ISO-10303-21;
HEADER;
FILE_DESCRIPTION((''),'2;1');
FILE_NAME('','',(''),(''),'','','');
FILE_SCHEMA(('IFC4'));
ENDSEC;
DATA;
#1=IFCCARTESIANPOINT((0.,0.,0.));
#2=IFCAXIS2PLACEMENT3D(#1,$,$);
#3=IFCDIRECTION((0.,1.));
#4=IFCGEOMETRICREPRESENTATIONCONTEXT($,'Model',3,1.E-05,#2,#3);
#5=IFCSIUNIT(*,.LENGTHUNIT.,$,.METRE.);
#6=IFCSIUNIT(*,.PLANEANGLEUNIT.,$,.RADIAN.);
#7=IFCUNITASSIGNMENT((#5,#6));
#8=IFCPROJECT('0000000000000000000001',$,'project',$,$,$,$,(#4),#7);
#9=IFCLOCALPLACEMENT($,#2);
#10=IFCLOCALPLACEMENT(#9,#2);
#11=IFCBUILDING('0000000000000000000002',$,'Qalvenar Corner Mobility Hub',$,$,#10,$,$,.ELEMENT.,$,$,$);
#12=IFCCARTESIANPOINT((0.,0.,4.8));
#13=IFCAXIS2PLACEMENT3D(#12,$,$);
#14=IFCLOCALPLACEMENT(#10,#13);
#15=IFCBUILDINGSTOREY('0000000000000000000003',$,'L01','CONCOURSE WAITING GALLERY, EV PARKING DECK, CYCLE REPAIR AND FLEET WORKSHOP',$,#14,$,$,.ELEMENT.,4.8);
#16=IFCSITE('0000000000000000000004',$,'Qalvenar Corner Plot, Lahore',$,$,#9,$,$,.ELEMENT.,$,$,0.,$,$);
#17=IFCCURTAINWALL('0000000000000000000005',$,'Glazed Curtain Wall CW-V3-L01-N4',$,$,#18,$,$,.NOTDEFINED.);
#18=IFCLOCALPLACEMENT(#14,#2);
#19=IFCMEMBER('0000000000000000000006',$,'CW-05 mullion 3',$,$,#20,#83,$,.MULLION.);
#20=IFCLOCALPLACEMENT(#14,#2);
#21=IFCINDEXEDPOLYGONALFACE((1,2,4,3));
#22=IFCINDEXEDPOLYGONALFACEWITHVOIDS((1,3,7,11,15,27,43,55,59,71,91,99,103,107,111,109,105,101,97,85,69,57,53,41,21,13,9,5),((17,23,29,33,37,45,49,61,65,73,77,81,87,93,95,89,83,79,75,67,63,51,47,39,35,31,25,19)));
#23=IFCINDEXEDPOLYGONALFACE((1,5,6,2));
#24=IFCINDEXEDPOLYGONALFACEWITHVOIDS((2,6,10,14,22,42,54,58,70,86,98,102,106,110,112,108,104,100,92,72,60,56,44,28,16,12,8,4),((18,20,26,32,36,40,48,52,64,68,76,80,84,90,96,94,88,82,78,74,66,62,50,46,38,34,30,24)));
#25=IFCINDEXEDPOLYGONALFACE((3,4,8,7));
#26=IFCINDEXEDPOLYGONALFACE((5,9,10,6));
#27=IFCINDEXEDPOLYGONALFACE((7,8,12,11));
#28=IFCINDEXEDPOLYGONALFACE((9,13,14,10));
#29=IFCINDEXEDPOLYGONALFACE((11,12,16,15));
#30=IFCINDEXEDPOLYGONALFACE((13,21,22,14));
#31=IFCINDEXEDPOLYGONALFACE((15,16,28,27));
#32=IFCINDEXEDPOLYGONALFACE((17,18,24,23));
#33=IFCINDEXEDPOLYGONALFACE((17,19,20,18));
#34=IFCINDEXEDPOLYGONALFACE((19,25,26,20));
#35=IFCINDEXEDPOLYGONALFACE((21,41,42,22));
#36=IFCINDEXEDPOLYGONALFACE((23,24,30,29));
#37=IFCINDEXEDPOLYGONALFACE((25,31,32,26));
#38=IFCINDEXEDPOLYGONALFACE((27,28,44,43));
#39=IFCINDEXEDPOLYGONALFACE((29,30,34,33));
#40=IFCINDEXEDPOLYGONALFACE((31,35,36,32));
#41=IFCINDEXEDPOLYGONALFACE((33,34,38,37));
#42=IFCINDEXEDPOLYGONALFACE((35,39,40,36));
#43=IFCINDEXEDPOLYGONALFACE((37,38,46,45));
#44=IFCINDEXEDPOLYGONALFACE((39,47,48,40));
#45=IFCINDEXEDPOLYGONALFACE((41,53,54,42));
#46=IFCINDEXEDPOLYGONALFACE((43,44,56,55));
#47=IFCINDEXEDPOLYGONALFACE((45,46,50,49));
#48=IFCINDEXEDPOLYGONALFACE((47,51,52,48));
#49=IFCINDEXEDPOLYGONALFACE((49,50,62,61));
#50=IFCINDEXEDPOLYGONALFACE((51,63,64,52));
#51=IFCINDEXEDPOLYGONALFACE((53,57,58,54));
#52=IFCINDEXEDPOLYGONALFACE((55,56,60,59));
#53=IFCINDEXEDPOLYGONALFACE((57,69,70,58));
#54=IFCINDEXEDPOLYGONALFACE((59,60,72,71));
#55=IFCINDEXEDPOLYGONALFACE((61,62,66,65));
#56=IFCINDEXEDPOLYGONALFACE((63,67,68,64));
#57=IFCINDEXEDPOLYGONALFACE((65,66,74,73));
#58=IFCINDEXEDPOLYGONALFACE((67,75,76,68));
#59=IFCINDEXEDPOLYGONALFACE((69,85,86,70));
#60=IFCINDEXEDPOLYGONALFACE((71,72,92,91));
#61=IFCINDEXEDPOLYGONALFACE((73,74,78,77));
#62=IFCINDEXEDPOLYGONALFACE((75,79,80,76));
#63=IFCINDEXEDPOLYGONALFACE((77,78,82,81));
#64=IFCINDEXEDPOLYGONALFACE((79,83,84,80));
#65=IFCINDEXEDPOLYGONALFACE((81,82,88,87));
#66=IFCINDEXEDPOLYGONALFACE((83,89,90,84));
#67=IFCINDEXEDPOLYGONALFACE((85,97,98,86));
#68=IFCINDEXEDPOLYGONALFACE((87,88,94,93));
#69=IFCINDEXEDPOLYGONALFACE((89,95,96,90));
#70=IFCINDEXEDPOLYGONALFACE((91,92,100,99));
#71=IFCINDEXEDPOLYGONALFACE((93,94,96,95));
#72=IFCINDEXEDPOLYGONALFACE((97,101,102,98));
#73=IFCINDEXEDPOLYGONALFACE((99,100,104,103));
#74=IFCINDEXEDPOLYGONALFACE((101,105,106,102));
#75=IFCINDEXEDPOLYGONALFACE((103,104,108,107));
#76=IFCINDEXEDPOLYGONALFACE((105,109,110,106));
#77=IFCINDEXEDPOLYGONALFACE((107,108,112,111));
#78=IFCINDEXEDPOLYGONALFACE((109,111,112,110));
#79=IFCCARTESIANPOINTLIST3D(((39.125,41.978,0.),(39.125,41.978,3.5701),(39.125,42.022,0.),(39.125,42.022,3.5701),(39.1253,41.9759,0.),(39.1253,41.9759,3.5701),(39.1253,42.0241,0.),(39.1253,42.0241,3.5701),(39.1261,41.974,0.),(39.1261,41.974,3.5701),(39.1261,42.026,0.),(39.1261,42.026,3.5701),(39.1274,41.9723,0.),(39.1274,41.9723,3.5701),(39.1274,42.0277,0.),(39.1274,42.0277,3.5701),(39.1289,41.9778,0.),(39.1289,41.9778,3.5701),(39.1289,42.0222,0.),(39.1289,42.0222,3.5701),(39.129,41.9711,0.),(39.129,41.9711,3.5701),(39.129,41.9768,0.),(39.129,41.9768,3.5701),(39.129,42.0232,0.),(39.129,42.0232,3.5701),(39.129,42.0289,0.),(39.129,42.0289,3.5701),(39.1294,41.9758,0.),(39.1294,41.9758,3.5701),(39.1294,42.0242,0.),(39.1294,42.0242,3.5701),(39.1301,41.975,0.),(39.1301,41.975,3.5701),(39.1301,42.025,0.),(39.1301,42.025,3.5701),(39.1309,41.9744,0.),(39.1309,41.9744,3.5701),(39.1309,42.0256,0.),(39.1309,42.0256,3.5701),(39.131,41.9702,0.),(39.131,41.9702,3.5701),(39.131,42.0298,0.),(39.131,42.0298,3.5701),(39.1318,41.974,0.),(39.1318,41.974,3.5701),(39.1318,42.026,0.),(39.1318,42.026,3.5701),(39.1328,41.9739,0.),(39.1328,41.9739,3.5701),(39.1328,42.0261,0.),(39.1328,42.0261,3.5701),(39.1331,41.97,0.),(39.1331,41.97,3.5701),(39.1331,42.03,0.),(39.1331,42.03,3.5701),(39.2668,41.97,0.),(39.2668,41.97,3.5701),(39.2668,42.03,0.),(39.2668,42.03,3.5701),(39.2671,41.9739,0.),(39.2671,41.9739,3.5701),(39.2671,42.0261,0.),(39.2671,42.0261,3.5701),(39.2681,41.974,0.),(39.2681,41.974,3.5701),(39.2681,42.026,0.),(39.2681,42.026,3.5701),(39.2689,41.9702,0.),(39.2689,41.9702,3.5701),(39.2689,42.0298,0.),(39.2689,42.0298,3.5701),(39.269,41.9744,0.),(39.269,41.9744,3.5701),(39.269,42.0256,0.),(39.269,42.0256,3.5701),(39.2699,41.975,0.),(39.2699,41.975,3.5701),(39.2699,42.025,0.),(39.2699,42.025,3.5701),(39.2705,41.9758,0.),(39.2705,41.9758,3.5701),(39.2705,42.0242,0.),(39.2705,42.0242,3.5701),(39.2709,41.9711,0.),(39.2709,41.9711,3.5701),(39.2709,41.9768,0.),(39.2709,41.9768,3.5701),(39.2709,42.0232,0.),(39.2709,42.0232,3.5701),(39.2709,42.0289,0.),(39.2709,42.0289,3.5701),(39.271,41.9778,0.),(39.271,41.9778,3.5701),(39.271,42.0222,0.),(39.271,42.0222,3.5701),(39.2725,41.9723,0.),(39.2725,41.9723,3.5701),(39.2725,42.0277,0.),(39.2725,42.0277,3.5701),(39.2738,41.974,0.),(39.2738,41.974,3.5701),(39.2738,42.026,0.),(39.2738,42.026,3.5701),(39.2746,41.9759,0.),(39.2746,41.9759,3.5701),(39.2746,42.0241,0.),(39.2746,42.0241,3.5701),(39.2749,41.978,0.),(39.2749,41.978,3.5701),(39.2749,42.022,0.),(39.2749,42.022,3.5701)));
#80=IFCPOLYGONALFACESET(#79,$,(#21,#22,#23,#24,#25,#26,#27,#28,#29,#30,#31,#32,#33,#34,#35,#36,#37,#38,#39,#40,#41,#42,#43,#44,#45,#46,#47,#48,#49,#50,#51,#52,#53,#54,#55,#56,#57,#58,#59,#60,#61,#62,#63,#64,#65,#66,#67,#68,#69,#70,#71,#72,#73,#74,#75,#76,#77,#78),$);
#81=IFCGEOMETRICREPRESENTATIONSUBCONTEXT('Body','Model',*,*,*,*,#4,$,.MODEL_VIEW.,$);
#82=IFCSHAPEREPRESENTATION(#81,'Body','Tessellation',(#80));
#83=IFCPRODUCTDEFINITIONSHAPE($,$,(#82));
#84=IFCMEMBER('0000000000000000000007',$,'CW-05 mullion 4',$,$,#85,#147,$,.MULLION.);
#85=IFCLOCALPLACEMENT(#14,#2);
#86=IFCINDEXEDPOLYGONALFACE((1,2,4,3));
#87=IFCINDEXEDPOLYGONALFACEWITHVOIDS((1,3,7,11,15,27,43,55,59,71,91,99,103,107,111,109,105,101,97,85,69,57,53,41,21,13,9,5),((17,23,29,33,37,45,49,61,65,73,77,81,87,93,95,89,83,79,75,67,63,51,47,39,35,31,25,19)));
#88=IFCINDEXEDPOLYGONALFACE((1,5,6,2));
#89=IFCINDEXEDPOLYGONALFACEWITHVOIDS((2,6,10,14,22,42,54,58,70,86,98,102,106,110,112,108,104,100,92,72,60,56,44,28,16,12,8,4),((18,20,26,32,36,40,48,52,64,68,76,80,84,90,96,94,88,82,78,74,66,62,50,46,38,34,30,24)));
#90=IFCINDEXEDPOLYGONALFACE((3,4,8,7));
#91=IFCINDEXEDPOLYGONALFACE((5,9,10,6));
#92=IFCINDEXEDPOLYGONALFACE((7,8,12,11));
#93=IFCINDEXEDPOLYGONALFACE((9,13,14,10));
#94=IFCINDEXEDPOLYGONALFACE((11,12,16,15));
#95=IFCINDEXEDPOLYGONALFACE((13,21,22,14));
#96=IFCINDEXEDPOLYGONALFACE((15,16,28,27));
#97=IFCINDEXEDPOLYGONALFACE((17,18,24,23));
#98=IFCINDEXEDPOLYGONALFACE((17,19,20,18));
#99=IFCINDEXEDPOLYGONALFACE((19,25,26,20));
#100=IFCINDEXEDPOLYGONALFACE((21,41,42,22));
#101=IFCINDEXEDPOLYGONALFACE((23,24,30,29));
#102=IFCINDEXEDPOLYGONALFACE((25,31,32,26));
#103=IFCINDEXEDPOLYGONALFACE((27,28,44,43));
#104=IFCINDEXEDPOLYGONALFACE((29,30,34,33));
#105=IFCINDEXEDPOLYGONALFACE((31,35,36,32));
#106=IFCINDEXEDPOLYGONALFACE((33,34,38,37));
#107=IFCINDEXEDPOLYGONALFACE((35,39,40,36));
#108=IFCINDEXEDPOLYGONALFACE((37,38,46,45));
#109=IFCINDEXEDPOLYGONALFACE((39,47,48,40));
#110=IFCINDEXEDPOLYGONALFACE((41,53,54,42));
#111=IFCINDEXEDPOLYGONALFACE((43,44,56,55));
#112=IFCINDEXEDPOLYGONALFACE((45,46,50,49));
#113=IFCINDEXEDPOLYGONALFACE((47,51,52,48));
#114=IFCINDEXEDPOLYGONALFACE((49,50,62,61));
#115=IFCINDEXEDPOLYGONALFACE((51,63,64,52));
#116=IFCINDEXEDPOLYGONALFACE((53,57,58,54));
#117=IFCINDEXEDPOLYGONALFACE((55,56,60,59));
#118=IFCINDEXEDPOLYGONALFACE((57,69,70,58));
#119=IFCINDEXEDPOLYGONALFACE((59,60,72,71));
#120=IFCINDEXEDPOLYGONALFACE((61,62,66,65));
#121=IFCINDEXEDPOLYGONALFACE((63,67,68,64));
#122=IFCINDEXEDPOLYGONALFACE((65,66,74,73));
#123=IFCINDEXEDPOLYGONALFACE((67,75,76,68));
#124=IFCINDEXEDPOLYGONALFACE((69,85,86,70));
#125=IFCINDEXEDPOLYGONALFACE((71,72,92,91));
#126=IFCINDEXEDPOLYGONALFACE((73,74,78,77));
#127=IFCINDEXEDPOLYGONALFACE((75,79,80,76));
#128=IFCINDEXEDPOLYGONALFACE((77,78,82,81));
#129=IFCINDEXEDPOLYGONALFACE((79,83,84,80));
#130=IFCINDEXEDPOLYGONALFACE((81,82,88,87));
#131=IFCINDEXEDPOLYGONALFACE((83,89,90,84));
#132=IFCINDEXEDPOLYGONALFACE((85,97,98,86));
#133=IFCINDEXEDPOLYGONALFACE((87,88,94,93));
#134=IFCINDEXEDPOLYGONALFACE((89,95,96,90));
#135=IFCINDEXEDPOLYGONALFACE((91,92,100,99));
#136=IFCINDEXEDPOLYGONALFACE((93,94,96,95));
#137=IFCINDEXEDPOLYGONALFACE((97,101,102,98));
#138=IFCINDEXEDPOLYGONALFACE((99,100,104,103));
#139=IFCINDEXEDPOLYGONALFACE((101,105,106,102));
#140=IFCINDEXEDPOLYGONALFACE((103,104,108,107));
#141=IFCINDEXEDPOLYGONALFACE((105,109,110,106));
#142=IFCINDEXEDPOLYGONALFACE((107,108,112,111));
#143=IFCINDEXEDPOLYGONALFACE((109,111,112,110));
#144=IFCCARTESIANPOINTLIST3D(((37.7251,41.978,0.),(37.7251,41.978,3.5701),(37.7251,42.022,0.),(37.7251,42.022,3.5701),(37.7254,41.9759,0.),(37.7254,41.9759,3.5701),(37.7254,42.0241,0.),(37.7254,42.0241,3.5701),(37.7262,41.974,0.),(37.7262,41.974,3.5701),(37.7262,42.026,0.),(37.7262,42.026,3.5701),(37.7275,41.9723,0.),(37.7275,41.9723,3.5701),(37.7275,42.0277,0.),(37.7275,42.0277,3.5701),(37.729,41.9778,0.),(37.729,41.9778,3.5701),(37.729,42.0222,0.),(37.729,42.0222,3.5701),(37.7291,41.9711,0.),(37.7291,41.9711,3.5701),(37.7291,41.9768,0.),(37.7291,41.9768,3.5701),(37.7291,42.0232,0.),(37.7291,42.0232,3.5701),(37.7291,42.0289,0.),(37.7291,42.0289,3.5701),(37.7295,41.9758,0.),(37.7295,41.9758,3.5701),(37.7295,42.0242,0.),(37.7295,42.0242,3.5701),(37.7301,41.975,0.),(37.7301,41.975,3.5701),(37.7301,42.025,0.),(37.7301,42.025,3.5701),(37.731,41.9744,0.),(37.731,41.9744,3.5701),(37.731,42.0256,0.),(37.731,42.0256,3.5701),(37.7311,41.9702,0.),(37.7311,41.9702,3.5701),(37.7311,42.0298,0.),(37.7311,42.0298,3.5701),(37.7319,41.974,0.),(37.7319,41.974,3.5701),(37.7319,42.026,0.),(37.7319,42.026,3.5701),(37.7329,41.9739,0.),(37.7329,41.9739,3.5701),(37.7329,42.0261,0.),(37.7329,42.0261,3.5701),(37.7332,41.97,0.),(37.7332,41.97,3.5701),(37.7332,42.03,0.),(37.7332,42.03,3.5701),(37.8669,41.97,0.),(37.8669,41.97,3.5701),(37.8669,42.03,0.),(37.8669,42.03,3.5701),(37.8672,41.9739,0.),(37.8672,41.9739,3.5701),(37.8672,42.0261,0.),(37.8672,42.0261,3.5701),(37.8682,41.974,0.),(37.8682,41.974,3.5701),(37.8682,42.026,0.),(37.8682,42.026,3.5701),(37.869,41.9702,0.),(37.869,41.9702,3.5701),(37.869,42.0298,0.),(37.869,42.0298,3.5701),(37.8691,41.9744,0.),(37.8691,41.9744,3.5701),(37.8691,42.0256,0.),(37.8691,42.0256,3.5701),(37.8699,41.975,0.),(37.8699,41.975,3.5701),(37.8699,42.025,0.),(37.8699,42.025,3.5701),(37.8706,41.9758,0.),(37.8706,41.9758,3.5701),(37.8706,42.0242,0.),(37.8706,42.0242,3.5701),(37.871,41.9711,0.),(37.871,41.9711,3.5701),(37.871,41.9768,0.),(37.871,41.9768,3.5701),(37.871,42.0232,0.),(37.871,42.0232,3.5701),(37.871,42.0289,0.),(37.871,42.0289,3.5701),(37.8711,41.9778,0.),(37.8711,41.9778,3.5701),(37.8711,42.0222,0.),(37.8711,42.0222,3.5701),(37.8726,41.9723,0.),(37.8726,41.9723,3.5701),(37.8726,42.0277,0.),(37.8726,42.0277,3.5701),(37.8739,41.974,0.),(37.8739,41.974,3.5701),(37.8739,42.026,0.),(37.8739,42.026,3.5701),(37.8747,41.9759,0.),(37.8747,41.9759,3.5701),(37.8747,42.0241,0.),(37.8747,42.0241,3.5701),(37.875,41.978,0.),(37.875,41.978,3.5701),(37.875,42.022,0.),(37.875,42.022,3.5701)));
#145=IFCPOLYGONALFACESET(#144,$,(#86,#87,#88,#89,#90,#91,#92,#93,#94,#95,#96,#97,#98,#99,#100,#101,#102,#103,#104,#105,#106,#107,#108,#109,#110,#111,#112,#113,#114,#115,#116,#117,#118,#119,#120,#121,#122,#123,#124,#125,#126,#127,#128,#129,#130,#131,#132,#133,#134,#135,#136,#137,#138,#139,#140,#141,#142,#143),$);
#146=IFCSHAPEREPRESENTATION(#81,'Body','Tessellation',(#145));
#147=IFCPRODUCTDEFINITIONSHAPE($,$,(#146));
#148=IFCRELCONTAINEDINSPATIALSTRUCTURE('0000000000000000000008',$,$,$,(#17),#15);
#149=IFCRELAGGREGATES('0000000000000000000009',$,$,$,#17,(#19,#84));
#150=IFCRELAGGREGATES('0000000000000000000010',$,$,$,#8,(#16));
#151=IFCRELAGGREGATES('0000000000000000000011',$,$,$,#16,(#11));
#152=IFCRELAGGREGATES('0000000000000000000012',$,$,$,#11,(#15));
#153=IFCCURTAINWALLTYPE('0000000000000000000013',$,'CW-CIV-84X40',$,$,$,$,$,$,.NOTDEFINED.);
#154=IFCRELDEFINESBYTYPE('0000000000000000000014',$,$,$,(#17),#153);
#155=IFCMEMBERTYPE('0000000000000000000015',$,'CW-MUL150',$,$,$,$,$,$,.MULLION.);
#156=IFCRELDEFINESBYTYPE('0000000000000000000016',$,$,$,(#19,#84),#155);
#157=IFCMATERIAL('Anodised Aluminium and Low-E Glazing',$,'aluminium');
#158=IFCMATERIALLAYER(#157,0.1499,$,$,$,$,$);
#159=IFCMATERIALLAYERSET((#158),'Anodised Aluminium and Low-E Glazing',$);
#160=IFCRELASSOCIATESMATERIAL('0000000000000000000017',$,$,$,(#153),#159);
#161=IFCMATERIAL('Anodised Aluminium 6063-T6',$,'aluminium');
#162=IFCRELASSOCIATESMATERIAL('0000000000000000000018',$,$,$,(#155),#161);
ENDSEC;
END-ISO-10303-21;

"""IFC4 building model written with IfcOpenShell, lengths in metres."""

from ifc_helpers import new_model, si_unit, direction, frame, origin, origin_2d, place, context, subcontext, project, spatial, hollow_rectangle, extrude, material, layer, layer_set, material_profile, profile_set, type_object, element, aggregate, save


model = new_model("IFC4")

# Units and contexts
model_context = context("Model", 3, precision=1e-05, world=origin(), true_north=direction((0.0, 1.0)))
body_context = subcontext(model_context, "Body", "Model", "MODEL_VIEW")
ifc_project = project(units=[si_unit("LENGTHUNIT", "METRE"), si_unit("PLANEANGLEUNIT", "RADIAN")], contexts=[model_context])

# Site, building, storey
site_placement = place(None, origin())
site = spatial("IfcSite", under=ifc_project, at=site_placement, Name="Qalvenar Corner Plot, Lahore", CompositionType="ELEMENT", RefElevation=0.0)
building_placement = place(site_placement, origin())
building = spatial("IfcBuilding", under=site, at=building_placement, Name="Qalvenar Corner Mobility Hub", CompositionType="ELEMENT")
storey_placement = place(building_placement, frame((0.0, 0.0, 4.8)))
storey = spatial("IfcBuildingStorey", under=building, at=storey_placement, Name="L01", Description="CONCOURSE WAITING GALLERY, EV PARKING DECK, CYCLE REPAIR AND FLEET WORKSHOP", CompositionType="ELEMENT", Elevation=4.8)

# Curtain wall, members
ifc_material_1 = material(Name="Anodised Aluminium and Low-E Glazing", Category="aluminium")
ifc_layer_1 = layer(ifc_material_1, 0.1499)
ifc_layer_set_1 = layer_set([ifc_layer_1], Name="Anodised Aluminium and Low-E Glazing")
curtain_wall_type = type_object("IfcCurtainWallType", Name="CW-CIV-84X40", PredefinedType="NOTDEFINED", material=ifc_layer_set_1)
curtain_wall_placement = place(storey_placement, origin())
curtain_wall = element("IfcCurtainWall", 1, at=curtain_wall_placement, inside=storey, type_object=curtain_wall_type, Name="Glazed Curtain Wall CW-V3-L01-N4", PredefinedType="NOTDEFINED")
ifc_material_2 = material(Name="Anodised Aluminium 6063-T6", Category="aluminium")
ifc_material_profile_1 = material_profile(ifc_material_2, hollow_rectangle(XDim=0.0601, YDim=0.1499, WallThickness=0.0039, InnerFilletRadius=0.0039, OuterFilletRadius=0.0081, at=origin_2d()), Name="RHS150x60x4")
ifc_profile_set_1 = profile_set([ifc_material_profile_1], Name="Anodised Aluminium 6063-T6")
member_type_1 = type_object("IfcMemberType", Name="CW-MUL150", PredefinedType="MULLION", material=ifc_profile_set_1)
member_1_placement = place(storey_placement, frame((39.2, 42.0, 0.0), z_axis=(0.0, 0.0, 1.0), x_axis=(0.0, -1.0, 0.0)))
member_1 = element("IfcMember", 2, at=member_1_placement, type_object=member_type_1, Name="CW-05 mullion 3", PredefinedType="MULLION", context=body_context, shape_type="SweptSolid", body=[
    extrude(hollow_rectangle(XDim=0.0601, YDim=0.1499, WallThickness=0.0039, InnerFilletRadius=0.0039, OuterFilletRadius=0.0081, at=origin_2d()), origin(), (0.0, 0.0, 1.0), 3.5701),
])
member_2_placement = place(storey_placement, frame((37.8, 42.0, 0.0), z_axis=(0.0, 0.0, 1.0), x_axis=(0.0, -1.0, 0.0)))
member_2 = element("IfcMember", 3, at=member_2_placement, type_object=member_type_1, Name="CW-05 mullion 4", PredefinedType="MULLION", context=body_context, shape_type="SweptSolid", body=[
    extrude(hollow_rectangle(XDim=0.0601, YDim=0.1499, WallThickness=0.0039, InnerFilletRadius=0.0039, OuterFilletRadius=0.0081, at=origin_2d()), origin(), (0.0, 0.0, 1.0), 3.5701),
])
aggregate(curtain_wall, [member_1, member_2])

save(model, "model.ifc")
